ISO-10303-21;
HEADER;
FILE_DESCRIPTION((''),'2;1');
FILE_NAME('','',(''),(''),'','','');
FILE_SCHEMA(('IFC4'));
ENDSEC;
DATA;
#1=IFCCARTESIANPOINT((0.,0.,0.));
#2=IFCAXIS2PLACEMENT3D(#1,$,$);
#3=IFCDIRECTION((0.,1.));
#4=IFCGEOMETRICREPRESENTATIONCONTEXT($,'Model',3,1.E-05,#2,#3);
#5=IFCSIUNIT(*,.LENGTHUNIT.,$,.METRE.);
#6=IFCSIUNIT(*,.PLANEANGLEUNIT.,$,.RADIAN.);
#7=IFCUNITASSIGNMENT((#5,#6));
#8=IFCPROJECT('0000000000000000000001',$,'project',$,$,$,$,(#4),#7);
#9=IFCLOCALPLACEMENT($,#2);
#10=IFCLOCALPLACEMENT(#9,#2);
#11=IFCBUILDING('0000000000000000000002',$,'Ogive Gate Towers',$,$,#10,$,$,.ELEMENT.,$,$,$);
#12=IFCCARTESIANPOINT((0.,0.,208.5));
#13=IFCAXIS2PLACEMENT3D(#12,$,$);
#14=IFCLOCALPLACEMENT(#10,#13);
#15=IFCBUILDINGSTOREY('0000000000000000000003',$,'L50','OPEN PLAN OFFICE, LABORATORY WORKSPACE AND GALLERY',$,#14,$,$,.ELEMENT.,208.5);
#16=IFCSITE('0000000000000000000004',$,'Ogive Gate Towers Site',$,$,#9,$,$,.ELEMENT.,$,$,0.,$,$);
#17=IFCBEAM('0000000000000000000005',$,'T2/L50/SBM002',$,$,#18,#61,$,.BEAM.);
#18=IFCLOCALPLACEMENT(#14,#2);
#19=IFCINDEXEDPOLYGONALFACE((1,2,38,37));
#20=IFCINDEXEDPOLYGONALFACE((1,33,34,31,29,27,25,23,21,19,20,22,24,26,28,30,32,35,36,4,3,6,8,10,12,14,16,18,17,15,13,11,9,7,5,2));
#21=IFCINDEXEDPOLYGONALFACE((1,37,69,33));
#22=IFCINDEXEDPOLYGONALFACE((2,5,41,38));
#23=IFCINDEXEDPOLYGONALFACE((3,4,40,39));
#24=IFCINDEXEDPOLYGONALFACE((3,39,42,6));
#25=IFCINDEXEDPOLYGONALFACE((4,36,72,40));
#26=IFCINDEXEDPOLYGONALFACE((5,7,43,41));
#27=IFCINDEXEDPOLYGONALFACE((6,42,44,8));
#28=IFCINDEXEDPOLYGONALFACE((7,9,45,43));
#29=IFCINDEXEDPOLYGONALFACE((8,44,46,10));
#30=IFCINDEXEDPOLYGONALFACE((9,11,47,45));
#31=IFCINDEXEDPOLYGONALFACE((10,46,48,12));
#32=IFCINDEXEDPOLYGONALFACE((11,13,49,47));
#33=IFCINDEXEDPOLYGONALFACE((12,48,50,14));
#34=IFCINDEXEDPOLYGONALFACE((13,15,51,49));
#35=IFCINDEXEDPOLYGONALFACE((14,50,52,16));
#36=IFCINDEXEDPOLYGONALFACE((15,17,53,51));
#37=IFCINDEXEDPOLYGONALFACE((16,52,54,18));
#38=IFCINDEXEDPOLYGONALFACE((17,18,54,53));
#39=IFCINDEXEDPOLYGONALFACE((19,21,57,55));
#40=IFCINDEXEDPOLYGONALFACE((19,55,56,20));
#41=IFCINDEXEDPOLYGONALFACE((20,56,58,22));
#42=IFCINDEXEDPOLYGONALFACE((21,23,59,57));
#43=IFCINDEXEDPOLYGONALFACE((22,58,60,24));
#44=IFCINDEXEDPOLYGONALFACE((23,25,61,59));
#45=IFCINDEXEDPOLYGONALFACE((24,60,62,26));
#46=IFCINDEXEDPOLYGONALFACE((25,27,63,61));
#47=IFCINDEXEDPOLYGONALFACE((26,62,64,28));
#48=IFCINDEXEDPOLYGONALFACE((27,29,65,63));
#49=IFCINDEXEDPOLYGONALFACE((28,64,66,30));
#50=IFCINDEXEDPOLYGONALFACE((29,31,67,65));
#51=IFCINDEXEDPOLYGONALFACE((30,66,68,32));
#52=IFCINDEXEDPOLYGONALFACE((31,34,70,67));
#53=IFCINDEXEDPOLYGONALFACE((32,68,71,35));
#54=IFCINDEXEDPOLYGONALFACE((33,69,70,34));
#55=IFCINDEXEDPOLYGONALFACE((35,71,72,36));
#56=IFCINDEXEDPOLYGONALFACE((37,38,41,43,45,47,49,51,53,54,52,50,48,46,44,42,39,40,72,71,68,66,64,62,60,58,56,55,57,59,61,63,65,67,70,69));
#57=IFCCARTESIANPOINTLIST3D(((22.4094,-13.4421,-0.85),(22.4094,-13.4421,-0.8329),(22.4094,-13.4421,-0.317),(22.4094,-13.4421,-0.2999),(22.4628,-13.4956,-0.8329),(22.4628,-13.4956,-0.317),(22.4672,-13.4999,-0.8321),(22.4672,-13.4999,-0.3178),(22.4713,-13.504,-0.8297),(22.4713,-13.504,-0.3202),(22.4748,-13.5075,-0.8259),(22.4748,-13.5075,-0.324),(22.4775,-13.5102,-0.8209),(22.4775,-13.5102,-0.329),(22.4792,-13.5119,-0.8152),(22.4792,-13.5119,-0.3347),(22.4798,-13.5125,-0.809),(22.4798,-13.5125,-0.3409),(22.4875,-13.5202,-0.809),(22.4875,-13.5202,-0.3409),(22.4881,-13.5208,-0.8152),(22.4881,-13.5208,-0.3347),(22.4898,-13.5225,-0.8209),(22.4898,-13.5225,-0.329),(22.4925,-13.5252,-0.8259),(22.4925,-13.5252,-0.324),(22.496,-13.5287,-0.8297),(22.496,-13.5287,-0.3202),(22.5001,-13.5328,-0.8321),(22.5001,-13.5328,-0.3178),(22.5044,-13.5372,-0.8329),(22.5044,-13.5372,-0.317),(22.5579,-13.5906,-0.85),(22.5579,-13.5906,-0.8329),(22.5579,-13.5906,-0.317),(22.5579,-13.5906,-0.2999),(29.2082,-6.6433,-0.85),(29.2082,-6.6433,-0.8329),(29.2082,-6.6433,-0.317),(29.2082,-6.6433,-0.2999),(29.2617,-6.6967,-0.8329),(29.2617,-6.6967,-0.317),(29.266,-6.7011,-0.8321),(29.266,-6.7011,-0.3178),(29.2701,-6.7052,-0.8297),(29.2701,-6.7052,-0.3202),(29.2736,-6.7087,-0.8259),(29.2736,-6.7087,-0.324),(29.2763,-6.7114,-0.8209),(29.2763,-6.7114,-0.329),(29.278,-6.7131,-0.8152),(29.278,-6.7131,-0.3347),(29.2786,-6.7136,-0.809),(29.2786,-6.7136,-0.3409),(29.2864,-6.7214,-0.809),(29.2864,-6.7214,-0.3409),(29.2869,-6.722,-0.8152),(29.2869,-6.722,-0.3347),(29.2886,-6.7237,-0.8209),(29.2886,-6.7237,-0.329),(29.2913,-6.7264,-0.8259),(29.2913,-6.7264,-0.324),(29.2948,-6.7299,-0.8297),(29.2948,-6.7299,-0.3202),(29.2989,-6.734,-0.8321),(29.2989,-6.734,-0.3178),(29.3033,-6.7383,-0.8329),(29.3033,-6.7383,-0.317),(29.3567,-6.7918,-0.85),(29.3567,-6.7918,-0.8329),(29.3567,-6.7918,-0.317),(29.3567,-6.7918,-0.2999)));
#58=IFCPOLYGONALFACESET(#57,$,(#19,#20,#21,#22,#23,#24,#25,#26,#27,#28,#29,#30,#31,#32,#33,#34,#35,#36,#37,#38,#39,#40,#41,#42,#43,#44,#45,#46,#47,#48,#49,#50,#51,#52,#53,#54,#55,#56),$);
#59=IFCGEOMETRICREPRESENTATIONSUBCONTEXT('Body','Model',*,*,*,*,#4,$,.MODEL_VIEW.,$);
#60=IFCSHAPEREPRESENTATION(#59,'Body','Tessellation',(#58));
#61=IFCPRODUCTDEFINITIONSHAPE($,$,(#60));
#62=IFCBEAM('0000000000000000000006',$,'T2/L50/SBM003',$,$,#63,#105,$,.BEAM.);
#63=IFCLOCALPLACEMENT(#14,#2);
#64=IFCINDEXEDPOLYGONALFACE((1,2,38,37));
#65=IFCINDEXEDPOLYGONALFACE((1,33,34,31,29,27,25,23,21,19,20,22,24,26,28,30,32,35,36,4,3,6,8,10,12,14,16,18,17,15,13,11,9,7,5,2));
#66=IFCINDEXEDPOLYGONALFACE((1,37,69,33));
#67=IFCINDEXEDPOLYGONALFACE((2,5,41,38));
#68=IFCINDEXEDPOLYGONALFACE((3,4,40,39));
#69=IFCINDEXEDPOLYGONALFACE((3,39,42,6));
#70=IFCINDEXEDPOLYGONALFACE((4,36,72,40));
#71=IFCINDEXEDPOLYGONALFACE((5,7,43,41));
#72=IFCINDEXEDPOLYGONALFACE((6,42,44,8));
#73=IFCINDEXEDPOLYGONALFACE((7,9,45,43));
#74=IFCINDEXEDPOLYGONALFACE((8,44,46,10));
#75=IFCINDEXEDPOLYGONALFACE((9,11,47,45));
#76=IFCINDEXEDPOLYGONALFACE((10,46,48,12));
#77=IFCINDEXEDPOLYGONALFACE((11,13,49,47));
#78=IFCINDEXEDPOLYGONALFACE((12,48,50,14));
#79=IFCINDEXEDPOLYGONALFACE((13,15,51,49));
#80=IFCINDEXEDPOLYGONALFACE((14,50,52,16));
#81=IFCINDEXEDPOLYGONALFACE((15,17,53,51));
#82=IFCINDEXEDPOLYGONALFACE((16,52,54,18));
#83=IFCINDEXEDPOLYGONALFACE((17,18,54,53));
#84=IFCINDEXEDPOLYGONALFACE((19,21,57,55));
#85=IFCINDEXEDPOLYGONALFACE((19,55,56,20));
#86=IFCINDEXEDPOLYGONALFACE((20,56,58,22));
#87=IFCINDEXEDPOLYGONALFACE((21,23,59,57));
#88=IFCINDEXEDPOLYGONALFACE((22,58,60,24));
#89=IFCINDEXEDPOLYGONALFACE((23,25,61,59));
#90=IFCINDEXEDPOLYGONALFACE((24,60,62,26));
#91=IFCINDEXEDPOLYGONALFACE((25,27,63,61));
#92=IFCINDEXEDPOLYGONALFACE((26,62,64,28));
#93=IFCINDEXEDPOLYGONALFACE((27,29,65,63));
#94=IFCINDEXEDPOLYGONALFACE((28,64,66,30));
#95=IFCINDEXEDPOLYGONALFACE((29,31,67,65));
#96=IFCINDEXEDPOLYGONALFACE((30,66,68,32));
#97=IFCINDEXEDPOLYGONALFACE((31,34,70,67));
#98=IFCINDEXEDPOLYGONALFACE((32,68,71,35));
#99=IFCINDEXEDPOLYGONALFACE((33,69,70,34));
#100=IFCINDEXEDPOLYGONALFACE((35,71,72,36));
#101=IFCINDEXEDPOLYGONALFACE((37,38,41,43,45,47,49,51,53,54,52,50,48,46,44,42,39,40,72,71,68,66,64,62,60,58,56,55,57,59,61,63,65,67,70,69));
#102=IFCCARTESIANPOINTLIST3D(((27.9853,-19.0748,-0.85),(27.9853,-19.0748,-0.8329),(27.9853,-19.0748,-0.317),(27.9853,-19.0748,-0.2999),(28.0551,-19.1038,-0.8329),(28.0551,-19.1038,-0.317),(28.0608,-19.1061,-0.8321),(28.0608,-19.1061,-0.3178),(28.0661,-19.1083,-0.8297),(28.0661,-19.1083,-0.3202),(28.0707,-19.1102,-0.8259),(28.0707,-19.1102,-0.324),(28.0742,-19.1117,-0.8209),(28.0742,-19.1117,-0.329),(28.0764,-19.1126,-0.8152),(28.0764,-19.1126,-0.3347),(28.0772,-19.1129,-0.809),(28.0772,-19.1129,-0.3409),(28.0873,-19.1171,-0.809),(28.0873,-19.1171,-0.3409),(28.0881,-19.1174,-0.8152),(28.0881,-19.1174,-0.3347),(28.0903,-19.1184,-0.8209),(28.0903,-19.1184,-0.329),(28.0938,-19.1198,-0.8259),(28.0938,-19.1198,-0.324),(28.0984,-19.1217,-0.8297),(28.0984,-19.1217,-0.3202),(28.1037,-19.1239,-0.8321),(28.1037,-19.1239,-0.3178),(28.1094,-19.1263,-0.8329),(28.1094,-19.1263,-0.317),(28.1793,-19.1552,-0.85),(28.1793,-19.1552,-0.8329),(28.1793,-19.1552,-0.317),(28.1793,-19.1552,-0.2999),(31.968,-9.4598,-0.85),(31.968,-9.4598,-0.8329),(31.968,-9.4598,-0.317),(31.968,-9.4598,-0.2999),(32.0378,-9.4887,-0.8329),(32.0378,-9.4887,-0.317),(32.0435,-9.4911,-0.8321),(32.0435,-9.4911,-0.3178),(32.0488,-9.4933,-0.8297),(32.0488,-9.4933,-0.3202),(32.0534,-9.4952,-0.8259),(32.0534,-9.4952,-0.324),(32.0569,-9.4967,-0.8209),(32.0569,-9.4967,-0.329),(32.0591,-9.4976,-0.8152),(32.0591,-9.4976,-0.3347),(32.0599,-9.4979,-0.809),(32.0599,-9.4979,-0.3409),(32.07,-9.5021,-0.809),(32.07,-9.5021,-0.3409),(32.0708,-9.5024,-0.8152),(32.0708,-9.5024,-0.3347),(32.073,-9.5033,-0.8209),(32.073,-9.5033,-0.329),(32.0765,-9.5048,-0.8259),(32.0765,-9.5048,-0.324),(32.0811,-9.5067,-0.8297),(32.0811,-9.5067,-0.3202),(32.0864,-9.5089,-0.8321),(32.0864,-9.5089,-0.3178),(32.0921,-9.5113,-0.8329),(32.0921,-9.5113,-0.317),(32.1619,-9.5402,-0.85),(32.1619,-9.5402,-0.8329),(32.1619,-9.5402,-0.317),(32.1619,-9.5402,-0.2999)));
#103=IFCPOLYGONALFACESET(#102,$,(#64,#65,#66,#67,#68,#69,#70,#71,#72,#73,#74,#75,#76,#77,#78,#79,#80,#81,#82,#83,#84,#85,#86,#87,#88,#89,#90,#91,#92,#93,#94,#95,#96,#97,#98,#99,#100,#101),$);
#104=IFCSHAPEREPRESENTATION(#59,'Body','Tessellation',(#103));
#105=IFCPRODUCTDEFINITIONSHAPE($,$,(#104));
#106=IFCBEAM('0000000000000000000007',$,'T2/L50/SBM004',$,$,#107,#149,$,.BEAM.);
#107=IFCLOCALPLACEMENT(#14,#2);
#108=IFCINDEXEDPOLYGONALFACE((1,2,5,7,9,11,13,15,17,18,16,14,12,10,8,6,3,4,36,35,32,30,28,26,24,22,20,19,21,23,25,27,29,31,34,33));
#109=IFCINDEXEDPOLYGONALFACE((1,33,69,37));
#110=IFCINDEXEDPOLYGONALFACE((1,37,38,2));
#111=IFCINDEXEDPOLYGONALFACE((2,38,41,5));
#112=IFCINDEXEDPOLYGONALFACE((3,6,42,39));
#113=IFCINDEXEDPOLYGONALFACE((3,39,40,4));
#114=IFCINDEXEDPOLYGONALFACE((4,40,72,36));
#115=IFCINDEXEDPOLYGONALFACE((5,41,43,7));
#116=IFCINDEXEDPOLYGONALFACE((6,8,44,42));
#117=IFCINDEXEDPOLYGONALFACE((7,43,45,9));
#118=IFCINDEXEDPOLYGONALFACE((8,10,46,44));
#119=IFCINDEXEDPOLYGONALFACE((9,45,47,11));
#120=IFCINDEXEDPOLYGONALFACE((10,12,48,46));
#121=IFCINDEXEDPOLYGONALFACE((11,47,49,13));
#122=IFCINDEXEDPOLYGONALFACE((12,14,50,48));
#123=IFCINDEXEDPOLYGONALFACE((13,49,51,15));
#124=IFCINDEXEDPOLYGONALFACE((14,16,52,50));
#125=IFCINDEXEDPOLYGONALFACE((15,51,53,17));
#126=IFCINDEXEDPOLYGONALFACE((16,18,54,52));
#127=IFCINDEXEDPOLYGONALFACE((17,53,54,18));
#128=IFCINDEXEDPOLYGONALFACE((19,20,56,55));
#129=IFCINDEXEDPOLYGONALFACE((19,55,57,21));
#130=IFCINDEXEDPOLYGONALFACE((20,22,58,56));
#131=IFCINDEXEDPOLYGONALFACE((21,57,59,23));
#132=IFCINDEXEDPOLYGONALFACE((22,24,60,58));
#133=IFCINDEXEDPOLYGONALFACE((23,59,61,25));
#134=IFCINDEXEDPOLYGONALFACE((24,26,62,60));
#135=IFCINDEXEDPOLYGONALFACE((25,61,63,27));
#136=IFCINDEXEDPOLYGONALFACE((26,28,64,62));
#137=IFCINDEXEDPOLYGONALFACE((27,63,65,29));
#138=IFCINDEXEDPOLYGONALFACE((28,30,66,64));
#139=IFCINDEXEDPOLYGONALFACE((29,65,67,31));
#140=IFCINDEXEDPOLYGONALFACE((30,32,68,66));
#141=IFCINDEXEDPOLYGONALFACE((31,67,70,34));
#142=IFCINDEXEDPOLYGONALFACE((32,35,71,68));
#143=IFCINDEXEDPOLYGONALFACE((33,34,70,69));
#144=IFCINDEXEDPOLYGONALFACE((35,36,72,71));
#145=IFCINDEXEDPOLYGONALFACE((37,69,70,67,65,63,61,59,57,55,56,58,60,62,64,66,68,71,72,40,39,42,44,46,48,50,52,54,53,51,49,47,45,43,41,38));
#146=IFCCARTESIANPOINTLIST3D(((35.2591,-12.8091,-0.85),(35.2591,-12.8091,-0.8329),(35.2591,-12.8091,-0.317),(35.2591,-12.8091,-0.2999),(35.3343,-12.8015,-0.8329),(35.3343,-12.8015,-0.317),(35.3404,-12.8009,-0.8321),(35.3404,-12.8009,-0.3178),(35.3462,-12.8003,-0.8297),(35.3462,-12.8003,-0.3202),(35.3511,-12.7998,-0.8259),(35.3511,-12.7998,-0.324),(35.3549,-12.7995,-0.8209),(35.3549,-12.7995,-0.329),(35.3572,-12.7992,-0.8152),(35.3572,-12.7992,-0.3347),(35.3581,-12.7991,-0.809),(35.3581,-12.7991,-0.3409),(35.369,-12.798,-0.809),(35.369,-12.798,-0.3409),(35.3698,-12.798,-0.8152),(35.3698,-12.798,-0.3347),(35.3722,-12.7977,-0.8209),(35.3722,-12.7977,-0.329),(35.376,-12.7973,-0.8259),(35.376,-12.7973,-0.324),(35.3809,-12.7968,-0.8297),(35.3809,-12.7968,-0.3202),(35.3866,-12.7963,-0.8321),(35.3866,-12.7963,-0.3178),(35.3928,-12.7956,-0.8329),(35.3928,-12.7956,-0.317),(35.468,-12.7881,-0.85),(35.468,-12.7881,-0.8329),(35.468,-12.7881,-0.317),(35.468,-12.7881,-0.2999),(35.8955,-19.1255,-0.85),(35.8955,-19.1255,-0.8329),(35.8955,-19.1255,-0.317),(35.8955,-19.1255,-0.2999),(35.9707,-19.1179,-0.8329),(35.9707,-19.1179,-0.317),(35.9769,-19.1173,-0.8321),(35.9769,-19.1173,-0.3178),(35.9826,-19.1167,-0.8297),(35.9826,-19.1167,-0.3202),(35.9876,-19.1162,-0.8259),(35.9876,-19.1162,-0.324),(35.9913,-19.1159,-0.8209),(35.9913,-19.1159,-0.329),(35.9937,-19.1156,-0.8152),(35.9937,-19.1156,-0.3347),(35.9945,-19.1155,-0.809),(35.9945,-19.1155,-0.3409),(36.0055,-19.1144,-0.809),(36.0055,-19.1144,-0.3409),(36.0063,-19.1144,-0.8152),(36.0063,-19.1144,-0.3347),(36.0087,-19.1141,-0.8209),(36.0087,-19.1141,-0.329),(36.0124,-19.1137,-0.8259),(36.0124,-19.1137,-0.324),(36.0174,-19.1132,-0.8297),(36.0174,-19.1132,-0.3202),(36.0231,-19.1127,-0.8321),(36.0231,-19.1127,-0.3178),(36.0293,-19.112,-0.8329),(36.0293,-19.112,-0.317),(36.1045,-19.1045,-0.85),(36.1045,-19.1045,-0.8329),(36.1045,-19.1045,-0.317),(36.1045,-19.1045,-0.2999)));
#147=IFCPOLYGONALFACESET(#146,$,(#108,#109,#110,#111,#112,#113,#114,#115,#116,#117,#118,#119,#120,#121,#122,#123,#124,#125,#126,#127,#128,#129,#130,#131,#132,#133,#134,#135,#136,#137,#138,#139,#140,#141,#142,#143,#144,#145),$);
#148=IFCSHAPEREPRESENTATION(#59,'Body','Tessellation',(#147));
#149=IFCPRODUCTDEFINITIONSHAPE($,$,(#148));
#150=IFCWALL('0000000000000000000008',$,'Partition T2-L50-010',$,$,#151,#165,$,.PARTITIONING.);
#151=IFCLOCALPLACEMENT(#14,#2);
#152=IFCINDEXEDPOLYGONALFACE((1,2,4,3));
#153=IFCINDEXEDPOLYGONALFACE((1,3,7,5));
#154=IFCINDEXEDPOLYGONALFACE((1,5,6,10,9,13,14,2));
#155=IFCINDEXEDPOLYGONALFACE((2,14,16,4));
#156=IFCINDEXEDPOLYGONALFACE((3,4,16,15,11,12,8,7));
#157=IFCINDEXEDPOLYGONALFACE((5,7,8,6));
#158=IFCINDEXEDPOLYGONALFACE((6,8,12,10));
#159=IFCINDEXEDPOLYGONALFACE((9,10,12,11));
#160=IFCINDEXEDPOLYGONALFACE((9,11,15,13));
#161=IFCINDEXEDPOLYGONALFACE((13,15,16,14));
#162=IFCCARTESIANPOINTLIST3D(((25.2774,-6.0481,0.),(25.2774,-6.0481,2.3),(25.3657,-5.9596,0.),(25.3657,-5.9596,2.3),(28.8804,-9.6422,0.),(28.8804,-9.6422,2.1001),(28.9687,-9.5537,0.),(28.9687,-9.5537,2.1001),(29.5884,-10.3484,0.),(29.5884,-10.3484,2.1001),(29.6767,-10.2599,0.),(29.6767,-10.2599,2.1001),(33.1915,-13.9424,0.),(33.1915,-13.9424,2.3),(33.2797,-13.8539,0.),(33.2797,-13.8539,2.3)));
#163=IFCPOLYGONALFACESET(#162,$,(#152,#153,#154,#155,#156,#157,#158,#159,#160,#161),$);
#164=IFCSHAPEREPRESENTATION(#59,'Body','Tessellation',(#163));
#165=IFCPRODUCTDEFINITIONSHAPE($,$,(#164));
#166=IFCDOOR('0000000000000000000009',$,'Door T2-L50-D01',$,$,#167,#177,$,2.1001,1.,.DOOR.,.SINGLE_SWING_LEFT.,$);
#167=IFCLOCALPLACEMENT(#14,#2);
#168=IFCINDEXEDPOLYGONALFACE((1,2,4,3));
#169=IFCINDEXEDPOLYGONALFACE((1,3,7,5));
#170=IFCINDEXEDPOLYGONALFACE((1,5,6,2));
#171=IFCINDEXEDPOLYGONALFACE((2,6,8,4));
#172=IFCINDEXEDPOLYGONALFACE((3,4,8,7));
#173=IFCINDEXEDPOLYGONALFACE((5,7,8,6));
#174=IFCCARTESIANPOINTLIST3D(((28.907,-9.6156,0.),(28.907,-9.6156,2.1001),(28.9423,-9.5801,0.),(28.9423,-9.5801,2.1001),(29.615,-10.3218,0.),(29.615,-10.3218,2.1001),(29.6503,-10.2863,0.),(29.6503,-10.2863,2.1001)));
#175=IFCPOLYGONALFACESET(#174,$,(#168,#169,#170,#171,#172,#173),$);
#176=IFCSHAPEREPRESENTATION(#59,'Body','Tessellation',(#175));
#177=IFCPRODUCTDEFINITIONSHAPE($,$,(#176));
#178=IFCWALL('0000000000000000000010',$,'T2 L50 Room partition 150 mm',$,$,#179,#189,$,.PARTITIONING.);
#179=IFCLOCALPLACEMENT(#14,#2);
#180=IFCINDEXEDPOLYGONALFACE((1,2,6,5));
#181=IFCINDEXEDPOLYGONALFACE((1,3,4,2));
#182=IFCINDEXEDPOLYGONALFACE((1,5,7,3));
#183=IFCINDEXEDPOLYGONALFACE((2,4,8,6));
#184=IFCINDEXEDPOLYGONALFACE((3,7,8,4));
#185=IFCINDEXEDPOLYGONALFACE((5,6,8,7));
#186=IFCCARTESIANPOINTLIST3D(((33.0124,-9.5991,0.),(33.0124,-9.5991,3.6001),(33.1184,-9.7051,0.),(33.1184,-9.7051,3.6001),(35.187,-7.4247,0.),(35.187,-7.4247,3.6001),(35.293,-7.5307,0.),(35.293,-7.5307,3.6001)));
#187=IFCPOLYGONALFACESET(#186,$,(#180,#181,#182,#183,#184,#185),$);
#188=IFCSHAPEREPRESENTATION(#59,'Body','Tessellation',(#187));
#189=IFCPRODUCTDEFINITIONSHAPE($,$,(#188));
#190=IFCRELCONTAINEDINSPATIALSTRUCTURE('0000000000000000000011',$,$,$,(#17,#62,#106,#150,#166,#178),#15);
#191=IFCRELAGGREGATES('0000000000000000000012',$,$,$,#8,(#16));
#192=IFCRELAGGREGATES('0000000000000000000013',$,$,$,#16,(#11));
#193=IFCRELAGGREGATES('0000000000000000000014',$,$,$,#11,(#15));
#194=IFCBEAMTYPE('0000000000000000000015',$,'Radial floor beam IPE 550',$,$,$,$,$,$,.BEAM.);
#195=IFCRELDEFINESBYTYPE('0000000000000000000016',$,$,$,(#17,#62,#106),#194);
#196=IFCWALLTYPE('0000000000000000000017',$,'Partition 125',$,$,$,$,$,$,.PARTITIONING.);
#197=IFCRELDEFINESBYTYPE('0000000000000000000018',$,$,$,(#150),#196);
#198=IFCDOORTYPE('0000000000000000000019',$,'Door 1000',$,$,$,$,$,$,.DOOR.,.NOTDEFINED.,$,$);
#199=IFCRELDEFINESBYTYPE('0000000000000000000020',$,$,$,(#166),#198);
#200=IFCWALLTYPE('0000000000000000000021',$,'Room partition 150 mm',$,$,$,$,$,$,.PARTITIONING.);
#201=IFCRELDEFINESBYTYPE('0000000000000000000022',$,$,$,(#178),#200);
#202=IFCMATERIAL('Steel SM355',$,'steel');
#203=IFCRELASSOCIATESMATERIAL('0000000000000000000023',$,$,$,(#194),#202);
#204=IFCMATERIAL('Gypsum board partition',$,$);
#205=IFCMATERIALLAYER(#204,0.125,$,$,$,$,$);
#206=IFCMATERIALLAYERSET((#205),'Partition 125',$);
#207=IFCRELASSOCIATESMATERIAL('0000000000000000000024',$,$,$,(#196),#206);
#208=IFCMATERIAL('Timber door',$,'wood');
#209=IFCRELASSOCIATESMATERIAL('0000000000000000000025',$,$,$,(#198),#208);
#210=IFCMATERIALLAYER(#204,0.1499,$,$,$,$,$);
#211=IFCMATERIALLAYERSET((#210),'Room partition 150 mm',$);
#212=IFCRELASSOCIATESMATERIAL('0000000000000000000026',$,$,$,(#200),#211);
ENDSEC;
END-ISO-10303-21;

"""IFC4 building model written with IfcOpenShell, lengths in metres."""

from ifc_helpers import new_model, si_unit, direction, frame, frame_2d, origin, origin_2d, place, context, subcontext, project, spatial, rectangle, i_section, extrude, material, layer, layer_set, material_profile, profile_set, type_object, element, fill, save


model = new_model("IFC4")

# Units and contexts
model_context = context("Model", 3, precision=1e-05, world=origin(), true_north=direction((0.0, 1.0)))
body_context = subcontext(model_context, "Body", "Model", "MODEL_VIEW")
ifc_project = project(units=[si_unit("LENGTHUNIT", "METRE"), si_unit("PLANEANGLEUNIT", "RADIAN")], contexts=[model_context])

# Site, building, storey
site_placement = place(None, origin())
site = spatial("IfcSite", under=ifc_project, at=site_placement, Name="Ogive Gate Towers Site", CompositionType="ELEMENT", RefElevation=0.0)
building_placement = place(site_placement, origin())
building = spatial("IfcBuilding", under=site, at=building_placement, Name="Ogive Gate Towers", CompositionType="ELEMENT")
storey_placement = place(building_placement, frame((0.0, 0.0, 208.5)))
storey = spatial("IfcBuildingStorey", under=building, at=storey_placement, Name="L50", Description="OPEN PLAN OFFICE, LABORATORY WORKSPACE AND GALLERY", CompositionType="ELEMENT", Elevation=208.5)

# Beams
ifc_material_1 = material(Name="Steel SM355", Category="steel")
ifc_material_profile = material_profile(ifc_material_1, i_section(OverallWidth=0.21, OverallDepth=0.55, WebThickness=0.011, FlangeThickness=0.0171, FilletRadius=0.0239, at=origin_2d()), Name="IPE 550")
ifc_profile_set = profile_set([ifc_material_profile], Name="Steel SM355")
beam_type = type_object("IfcBeamType", Name="Radial floor beam IPE 550", PredefinedType="BEAM", material=ifc_profile_set)
beam_1_placement = place(storey_placement, frame((29.2825, -6.7175, -0.575), z_axis=(-0.707107, -0.707107, 0.0), x_axis=(0.707107, -0.707107, 0.0)))
element("IfcBeam", 1, at=beam_1_placement, inside=storey, type_object=beam_type, Name="T2/L50/SBM002", PredefinedType="BEAM", context=body_context, shape_type="SweptSolid", body=[
    extrude(i_section(OverallWidth=0.21, OverallDepth=0.55, WebThickness=0.011, FlangeThickness=0.0171, FilletRadius=0.0239, at=origin_2d()), origin(), (0.0, 0.0, 1.0), 9.615),
])
beam_2_placement = place(storey_placement, frame((32.0649, -9.5, -0.575), z_axis=(-0.382684, -0.923879, 0.0), x_axis=(0.923879, -0.382684, 0.0)))
element("IfcBeam", 2, at=beam_2_placement, inside=storey, type_object=beam_type, Name="T2/L50/SBM003", PredefinedType="BEAM", context=body_context, shape_type="SweptSolid", body=[
    extrude(i_section(OverallWidth=0.21, OverallDepth=0.55, WebThickness=0.011, FlangeThickness=0.0171, FilletRadius=0.0239, at=origin_2d()), origin(), (0.0, 0.0, 1.0), 10.4072),
])
beam_3_placement = place(storey_placement, frame((35.3635, -12.7986, -0.575), z_axis=(0.100258, -0.994962, 0.0), x_axis=(0.994962, 0.100258, 0.0)))
element("IfcBeam", 3, at=beam_3_placement, inside=storey, type_object=beam_type, Name="T2/L50/SBM004", PredefinedType="BEAM", context=body_context, shape_type="SweptSolid", body=[
    extrude(i_section(OverallWidth=0.21, OverallDepth=0.55, WebThickness=0.011, FlangeThickness=0.0171, FilletRadius=0.0239, at=origin_2d()), origin(), (0.0, 0.0, 1.0), 6.3484),
])

# Wall, opening, door
ifc_material_2 = material(Name="Gypsum board partition")
ifc_layer_1 = layer(ifc_material_2, 0.125)
ifc_layer_set_1 = layer_set([ifc_layer_1], Name="Partition 125")
wall_type_1 = type_object("IfcWallType", Name="Partition 125", PredefinedType="PARTITIONING", material=ifc_layer_set_1)
wall_1_placement = place(storey_placement, frame((33.2356, -13.8982, 0.0), z_axis=(0.0, 0.0, 1.0), x_axis=(-0.707991, 0.706222, 0.0)))
wall_1 = element("IfcWall", 4, at=wall_1_placement, inside=storey, type_object=wall_type_1, Name="Partition T2-L50-010", PredefinedType="PARTITIONING", context=body_context, shape_type="SweptSolid", body=[
    extrude(rectangle(XDim=11.1782, YDim=0.125, at=frame_2d((5.5891, 0.0))), origin(), (0.0, 0.0, 1.0), 2.3),
])
opening_1_placement = place(wall_1_placement, frame((5.0891, 0.0, 0.0)))
opening_1 = element("IfcOpeningElement", 5, at=opening_1_placement, cuts=wall_1, PredefinedType="OPENING", context=body_context, shape_type="SweptSolid", body=[
    extrude(rectangle(XDim=1.0, YDim=2.1001, at=frame_2d((0.5, 1.05))), frame((0.0, 0.0725, 0.0), z_axis=(0.0, -1.0, 0.0), x_axis=(1.0, 0.0, 0.0)), (0.0, 0.0, 1.0), 0.145),
])
ifc_material_3 = material(Name="Timber door", Category="wood")
door_type_1 = type_object("IfcDoorType", Name="Door 1000", OperationType="NOTDEFINED", PredefinedType="DOOR", material=ifc_material_3)
door_1_placement = place(opening_1_placement, origin())
door_1 = element("IfcDoor", 6, at=door_1_placement, inside=storey, type_object=door_type_1, Name="Door T2-L50-D01", OperationType="SINGLE_SWING_LEFT", OverallHeight=2.1001, OverallWidth=1.0, PredefinedType="DOOR", context=body_context, shape_type="SweptSolid", body=[
    extrude(rectangle(XDim=1.0, YDim=2.1001, at=frame_2d((0.5, 1.05))), frame((0.0, 0.0249, 0.0), z_axis=(0.0, -1.0, 0.0), x_axis=(1.0, 0.0, 0.0)), (0.0, 0.0, 1.0), 0.05),
])
fill(opening_1, door_1)

# Wall
ifc_layer_2 = layer(ifc_material_2, 0.1499)
ifc_layer_set_2 = layer_set([ifc_layer_2], Name="Room partition 150 mm")
wall_type_2 = type_object("IfcWallType", Name="Room partition 150 mm", PredefinedType="PARTITIONING", material=ifc_layer_set_2)
wall_2_placement = place(storey_placement, frame((33.0654, -9.6521, 0.0), z_axis=(0.0, 0.0, 1.0), x_axis=(0.707146, 0.707067, 0.0)))
element("IfcWall", 7, at=wall_2_placement, inside=storey, type_object=wall_type_2, Name="T2 L50 Room partition 150 mm", PredefinedType="PARTITIONING", context=body_context, shape_type="SweptSolid", body=[
    extrude(rectangle(XDim=3.0752, YDim=0.1499, at=frame_2d((1.5376, 0.0))), origin(), (0.0, 0.0, 1.0), 3.6001),
])

save(model, "model.ifc")
